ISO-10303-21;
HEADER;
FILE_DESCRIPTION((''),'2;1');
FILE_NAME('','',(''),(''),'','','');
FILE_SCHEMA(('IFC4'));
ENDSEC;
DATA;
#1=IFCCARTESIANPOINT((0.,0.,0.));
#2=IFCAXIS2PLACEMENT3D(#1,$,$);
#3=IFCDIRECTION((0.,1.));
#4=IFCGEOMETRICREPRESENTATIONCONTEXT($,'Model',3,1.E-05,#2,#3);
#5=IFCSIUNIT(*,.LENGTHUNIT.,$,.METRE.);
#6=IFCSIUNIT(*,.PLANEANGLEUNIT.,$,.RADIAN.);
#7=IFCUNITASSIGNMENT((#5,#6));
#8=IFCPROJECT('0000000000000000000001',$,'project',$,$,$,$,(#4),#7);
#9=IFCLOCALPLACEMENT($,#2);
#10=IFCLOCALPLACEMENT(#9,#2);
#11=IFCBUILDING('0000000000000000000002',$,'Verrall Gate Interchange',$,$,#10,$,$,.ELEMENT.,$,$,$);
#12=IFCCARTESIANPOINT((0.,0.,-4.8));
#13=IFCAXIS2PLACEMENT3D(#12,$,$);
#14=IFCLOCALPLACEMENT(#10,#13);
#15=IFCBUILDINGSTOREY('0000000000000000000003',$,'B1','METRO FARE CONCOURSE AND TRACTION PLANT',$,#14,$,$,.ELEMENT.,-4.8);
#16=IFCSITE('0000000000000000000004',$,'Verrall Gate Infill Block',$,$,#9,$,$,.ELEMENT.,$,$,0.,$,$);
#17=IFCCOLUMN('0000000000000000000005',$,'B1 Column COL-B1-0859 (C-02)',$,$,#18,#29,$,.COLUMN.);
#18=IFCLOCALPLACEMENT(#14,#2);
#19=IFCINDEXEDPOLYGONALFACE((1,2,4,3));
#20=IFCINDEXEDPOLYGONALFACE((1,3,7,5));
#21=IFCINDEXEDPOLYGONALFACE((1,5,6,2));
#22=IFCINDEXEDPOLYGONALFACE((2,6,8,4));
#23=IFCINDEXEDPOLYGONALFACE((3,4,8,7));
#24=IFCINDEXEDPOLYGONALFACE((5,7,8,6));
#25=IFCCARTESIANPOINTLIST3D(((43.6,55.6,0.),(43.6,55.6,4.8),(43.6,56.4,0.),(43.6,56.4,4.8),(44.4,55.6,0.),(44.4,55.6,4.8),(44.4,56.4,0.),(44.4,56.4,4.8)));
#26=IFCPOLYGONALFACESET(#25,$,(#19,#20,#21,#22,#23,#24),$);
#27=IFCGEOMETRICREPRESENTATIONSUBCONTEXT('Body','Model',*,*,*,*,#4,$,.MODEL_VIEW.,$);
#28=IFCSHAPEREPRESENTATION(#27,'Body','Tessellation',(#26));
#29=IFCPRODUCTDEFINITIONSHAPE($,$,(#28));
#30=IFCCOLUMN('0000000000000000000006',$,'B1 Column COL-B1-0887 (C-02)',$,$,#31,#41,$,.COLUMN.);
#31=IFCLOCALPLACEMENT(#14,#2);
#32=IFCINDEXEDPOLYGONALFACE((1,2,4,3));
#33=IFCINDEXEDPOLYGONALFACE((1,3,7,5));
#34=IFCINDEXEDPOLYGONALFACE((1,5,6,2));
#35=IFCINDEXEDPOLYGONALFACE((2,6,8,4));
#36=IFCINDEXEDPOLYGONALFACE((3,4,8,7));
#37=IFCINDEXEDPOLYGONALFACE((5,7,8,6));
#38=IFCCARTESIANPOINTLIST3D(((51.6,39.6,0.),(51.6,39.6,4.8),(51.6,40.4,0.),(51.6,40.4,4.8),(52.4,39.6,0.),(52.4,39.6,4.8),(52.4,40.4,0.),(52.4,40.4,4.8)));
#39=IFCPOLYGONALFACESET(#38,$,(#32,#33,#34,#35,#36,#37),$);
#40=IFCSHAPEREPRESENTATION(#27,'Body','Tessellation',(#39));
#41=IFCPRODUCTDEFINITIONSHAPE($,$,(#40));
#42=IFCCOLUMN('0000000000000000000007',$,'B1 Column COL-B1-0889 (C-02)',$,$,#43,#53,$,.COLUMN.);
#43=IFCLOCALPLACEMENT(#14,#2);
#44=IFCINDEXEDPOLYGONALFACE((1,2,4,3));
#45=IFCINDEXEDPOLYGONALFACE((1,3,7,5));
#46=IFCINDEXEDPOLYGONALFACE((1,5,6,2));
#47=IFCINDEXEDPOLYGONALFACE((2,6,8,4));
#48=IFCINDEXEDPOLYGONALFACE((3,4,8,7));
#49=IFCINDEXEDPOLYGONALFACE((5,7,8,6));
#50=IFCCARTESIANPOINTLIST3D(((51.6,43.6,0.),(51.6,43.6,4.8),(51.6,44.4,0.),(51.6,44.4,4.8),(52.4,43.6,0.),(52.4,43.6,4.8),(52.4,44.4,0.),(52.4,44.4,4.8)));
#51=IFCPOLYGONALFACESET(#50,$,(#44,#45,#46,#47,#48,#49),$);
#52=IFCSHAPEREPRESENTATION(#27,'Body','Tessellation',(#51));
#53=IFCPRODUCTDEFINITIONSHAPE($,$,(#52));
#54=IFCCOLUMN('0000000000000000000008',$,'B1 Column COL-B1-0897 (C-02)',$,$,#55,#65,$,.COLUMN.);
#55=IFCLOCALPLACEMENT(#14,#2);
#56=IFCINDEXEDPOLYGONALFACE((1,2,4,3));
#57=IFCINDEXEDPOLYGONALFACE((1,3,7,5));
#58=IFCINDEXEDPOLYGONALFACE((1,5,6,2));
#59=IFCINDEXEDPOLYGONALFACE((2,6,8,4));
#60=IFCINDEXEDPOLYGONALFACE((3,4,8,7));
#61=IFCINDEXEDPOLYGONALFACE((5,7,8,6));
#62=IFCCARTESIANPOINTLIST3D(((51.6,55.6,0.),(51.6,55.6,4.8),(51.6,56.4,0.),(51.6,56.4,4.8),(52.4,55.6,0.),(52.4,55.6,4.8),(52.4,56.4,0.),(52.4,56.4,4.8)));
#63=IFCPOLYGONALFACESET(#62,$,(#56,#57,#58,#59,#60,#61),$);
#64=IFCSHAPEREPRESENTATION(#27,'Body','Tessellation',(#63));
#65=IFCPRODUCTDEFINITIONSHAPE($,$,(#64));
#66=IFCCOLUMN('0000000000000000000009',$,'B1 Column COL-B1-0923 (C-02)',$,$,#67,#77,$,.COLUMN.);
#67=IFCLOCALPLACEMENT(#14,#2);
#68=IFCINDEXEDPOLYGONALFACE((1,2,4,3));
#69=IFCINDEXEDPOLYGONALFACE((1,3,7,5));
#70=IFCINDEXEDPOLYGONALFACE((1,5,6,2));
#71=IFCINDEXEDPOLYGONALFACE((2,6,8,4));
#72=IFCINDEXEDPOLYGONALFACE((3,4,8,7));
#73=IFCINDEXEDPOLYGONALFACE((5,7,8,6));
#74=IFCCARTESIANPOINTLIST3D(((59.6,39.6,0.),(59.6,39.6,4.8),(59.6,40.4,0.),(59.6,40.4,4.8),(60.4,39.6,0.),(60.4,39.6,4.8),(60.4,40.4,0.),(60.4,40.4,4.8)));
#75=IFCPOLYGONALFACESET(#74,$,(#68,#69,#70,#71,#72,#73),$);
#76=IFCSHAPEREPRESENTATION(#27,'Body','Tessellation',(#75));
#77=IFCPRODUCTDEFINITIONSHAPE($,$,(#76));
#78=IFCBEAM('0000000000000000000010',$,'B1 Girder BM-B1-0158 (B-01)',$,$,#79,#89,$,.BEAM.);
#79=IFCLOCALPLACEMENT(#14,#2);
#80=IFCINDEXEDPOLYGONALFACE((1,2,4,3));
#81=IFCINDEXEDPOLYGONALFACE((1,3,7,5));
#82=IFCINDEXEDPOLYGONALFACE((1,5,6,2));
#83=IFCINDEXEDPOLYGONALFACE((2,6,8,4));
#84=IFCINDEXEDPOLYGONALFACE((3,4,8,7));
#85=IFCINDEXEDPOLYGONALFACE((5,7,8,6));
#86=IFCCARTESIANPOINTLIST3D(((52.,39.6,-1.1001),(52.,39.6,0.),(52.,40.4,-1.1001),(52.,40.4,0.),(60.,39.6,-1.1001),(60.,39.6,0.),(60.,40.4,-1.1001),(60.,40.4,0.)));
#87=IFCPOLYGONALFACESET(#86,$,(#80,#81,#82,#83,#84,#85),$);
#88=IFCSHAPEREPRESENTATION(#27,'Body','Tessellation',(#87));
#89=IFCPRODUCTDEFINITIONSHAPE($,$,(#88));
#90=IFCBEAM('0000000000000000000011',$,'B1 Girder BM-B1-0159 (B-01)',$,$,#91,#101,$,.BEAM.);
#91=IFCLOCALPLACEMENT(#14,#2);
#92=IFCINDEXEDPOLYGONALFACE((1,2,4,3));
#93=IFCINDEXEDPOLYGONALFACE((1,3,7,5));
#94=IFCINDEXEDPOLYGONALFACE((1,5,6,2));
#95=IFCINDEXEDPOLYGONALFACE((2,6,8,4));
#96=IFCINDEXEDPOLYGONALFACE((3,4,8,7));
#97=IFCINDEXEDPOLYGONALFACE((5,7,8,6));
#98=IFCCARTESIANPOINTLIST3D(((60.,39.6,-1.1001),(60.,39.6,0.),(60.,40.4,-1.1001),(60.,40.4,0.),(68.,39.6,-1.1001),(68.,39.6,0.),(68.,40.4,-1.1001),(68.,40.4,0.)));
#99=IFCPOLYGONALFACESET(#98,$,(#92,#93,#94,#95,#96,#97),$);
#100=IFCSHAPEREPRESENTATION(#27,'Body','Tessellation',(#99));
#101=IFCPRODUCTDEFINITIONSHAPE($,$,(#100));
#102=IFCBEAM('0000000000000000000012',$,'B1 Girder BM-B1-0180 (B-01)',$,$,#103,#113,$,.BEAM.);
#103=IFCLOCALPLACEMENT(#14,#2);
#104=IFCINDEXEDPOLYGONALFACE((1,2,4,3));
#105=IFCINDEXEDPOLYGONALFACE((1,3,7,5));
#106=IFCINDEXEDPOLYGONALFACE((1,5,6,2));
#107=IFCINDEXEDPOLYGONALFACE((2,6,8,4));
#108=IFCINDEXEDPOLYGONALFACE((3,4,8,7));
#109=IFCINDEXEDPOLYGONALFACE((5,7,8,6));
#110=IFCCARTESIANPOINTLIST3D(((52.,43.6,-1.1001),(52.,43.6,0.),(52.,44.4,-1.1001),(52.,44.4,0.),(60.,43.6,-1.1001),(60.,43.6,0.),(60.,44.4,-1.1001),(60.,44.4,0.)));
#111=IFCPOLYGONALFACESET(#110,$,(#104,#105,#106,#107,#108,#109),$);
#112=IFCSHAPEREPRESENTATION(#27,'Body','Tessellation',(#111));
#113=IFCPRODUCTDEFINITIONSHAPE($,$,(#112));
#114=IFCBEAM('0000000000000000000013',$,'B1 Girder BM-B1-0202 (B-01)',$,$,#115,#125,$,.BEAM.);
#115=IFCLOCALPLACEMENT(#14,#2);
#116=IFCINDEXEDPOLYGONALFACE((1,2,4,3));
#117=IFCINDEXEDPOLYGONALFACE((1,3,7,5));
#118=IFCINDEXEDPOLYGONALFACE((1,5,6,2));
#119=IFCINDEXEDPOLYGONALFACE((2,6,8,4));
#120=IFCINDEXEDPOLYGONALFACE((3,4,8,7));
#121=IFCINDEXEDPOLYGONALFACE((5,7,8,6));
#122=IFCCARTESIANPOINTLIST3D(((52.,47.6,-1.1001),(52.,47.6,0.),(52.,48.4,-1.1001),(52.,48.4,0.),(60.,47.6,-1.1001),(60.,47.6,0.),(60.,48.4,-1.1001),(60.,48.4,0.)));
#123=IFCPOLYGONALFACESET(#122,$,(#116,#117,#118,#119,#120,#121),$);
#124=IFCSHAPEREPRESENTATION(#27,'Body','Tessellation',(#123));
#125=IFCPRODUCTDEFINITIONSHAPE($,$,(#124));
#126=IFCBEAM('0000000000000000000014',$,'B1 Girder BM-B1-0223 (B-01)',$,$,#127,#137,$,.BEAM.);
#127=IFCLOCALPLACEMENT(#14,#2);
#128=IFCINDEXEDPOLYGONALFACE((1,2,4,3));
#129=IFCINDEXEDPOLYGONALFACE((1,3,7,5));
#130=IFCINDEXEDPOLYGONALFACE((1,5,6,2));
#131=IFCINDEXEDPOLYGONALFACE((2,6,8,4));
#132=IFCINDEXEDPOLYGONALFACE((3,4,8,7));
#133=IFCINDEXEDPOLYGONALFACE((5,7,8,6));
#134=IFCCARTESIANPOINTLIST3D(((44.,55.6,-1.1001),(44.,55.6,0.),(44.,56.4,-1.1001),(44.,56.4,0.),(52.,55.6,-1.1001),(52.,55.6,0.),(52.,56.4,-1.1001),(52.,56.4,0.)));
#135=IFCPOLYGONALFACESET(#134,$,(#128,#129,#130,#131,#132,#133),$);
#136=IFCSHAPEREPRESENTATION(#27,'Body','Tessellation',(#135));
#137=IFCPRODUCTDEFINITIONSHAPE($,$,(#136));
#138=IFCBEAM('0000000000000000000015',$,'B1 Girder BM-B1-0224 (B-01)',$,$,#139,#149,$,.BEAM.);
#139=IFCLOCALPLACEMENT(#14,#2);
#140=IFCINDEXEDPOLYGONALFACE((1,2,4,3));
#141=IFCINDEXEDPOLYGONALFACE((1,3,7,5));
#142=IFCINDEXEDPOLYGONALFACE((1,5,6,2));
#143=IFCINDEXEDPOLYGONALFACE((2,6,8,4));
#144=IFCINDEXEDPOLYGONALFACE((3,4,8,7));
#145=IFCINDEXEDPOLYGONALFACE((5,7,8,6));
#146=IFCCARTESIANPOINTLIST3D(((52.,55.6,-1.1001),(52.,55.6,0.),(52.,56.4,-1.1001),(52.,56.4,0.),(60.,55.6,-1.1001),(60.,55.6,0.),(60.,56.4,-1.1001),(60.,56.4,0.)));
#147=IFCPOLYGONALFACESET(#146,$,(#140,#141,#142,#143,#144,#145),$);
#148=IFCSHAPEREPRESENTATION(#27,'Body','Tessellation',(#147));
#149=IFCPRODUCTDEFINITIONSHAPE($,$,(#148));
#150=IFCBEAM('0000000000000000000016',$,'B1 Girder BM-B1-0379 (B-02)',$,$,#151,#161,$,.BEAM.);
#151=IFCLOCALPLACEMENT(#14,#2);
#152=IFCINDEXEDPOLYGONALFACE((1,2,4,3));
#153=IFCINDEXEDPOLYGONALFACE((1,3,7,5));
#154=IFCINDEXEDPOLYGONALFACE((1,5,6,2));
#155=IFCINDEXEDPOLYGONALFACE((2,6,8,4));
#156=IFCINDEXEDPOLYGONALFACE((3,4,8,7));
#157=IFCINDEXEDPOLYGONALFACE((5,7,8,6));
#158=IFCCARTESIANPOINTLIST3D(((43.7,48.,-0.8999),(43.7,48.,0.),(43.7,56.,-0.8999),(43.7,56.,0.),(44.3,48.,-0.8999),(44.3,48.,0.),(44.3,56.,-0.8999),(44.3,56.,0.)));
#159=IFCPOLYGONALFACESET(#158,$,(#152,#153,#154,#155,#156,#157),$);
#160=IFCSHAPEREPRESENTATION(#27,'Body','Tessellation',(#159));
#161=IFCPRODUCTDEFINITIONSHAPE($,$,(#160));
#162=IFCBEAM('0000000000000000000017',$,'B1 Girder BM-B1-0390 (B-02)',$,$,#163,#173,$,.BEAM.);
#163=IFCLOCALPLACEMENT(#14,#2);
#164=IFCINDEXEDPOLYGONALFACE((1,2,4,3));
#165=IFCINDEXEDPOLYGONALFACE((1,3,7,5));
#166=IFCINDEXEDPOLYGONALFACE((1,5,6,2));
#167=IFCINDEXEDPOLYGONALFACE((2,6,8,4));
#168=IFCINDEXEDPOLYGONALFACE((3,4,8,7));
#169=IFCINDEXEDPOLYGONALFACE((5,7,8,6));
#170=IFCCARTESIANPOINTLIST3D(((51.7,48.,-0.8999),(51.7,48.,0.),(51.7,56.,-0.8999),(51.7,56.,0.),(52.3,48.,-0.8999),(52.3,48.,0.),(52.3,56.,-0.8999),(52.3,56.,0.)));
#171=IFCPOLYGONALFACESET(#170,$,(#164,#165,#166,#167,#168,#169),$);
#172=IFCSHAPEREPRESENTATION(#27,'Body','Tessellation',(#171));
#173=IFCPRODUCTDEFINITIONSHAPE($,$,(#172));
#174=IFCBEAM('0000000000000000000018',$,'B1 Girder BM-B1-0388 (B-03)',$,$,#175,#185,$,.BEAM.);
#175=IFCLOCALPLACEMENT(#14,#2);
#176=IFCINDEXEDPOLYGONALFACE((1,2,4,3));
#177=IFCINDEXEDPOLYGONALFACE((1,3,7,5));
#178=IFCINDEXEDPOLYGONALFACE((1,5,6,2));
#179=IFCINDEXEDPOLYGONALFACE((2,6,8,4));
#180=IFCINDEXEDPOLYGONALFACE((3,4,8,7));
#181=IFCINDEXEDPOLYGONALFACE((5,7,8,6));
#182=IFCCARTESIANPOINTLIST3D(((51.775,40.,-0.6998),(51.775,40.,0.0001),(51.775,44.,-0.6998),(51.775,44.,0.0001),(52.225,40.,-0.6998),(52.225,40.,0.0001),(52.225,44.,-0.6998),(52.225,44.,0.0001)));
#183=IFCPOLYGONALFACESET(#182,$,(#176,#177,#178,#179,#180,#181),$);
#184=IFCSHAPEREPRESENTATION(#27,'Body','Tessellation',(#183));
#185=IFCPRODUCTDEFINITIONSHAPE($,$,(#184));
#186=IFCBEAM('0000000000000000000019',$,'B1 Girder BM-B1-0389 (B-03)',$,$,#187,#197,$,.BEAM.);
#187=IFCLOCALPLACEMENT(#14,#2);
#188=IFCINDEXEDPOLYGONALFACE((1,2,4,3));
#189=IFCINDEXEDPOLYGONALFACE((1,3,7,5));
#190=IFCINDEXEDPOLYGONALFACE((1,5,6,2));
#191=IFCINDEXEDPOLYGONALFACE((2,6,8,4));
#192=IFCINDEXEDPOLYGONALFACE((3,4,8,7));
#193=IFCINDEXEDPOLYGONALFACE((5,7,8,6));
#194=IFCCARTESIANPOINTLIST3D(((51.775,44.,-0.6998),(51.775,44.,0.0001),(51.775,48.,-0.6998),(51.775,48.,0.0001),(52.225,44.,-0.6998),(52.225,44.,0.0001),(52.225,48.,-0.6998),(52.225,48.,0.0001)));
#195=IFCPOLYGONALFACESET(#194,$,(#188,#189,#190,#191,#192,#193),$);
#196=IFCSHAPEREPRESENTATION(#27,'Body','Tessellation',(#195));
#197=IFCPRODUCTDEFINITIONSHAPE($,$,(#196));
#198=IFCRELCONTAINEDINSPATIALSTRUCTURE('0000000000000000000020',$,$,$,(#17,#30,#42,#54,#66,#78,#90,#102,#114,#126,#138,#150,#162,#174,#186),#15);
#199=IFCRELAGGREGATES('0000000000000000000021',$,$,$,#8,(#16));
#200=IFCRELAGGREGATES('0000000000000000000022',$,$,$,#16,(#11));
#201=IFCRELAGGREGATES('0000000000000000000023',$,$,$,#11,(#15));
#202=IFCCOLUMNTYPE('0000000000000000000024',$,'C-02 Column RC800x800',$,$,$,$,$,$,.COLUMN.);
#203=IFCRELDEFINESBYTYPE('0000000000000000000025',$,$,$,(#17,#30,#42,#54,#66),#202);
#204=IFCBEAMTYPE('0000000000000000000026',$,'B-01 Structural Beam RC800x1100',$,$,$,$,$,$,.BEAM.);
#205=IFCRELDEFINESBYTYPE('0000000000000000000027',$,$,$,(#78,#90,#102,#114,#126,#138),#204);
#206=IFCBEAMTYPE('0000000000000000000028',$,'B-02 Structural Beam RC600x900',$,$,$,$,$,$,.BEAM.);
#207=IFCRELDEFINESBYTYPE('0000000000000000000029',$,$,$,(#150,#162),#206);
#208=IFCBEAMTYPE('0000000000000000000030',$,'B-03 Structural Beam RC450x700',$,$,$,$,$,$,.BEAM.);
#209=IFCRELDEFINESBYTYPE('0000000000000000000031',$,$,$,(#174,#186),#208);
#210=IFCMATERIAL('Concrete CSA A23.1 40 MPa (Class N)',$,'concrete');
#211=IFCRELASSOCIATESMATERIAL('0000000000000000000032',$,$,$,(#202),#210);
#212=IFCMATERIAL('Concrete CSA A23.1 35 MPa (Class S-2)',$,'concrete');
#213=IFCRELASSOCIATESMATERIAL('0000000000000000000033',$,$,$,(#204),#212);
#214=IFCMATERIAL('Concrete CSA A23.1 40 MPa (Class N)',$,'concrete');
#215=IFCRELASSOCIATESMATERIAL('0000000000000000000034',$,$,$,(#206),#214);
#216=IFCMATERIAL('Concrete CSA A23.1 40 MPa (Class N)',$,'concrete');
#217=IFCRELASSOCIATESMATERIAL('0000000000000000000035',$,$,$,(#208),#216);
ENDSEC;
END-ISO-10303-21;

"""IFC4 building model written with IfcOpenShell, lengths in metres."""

from ifc_helpers import new_model, si_unit, direction, frame, origin, origin_2d, place, context, subcontext, project, spatial, rectangle, extrude, material, material_profile, profile_set, type_object, element, save


model = new_model("IFC4")

# Units and contexts
model_context = context("Model", 3, precision=1e-05, world=origin(), true_north=direction((0.0, 1.0)))
body_context = subcontext(model_context, "Body", "Model", "MODEL_VIEW")
ifc_project = project(units=[si_unit("LENGTHUNIT", "METRE"), si_unit("PLANEANGLEUNIT", "RADIAN")], contexts=[model_context])

# Site, building, storey
site_placement = place(None, origin())
site = spatial("IfcSite", under=ifc_project, at=site_placement, Name="Verrall Gate Infill Block", CompositionType="ELEMENT", RefElevation=0.0)
building_placement = place(site_placement, origin())
building = spatial("IfcBuilding", under=site, at=building_placement, Name="Verrall Gate Interchange", CompositionType="ELEMENT")
storey_placement = place(building_placement, frame((0.0, 0.0, -4.8)))
storey = spatial("IfcBuildingStorey", under=building, at=storey_placement, Name="B1", Description="METRO FARE CONCOURSE AND TRACTION PLANT", CompositionType="ELEMENT", Elevation=-4.8)

# Columns
ifc_material_1 = material(Name="Concrete CSA A23.1 40 MPa (Class N)", Category="concrete")
ifc_material_profile_1 = material_profile(ifc_material_1, rectangle(XDim=0.8, YDim=0.8, at=origin_2d()), Name="RC800x800")
ifc_profile_set_1 = profile_set([ifc_material_profile_1], Name="Concrete CSA A23.1 40 MPa (Class N)")
column_type_1 = type_object("IfcColumnType", Name="C-02 Column RC800x800", PredefinedType="COLUMN", material=ifc_profile_set_1)
for number, where, z_axis, x_axis, name in (
    (1, (44.0, 56.0, 0.0), (0.0, 0.0, 1.0), (1.0, 0.0, 0.0), "B1 Column COL-B1-0859 (C-02)"),
    (2, (52.0, 40.0, 0.0), (0.0, 0.0, 1.0), (1.0, 0.0, 0.0), "B1 Column COL-B1-0887 (C-02)"),
    (3, (52.0, 44.0, 0.0), (0.0, 0.0, 1.0), (1.0, 0.0, 0.0), "B1 Column COL-B1-0889 (C-02)"),
    (4, (52.0, 56.0, 0.0), (0.0, 0.0, 1.0), (1.0, 0.0, 0.0), "B1 Column COL-B1-0897 (C-02)"),
    (5, (60.0, 40.0, 0.0), (0.0, 0.0, 1.0), (1.0, 0.0, 0.0), "B1 Column COL-B1-0923 (C-02)"),
):
    element("IfcColumn", number, at=place(storey_placement, frame(where, z_axis=z_axis, x_axis=x_axis)), inside=storey, type_object=column_type_1, Name=name, PredefinedType="COLUMN", context=body_context, shape_type="SweptSolid", body=[
        extrude(rectangle(XDim=0.8, YDim=0.8, at=origin_2d()), origin(), (0.0, 0.0, 1.0), 4.8),
    ])

# Beams
ifc_material_2 = material(Name="Concrete CSA A23.1 35 MPa (Class S-2)", Category="concrete")
ifc_material_profile_2 = material_profile(ifc_material_2, rectangle(XDim=0.8, YDim=1.1001, at=origin_2d()), Name="RC800x1100")
ifc_profile_set_2 = profile_set([ifc_material_profile_2], Name="Concrete CSA A23.1 35 MPa (Class S-2)")
beam_type_1 = type_object("IfcBeamType", Name="B-01 Structural Beam RC800x1100", PredefinedType="BEAM", material=ifc_profile_set_2)
for number, where, z_axis, x_axis, name in (
    (6, (52.0, 40.0, -0.55), (1.0, 0.0, 0.0), (0.0, 1.0, 0.0), "B1 Girder BM-B1-0158 (B-01)"),
    (7, (60.0, 40.0, -0.55), (1.0, 0.0, 0.0), (0.0, 1.0, 0.0), "B1 Girder BM-B1-0159 (B-01)"),
    (8, (52.0, 44.0, -0.55), (1.0, 0.0, 0.0), (0.0, 1.0, 0.0), "B1 Girder BM-B1-0180 (B-01)"),
    (9, (52.0, 48.0, -0.55), (1.0, 0.0, 0.0), (0.0, 1.0, 0.0), "B1 Girder BM-B1-0202 (B-01)"),
    (10, (44.0, 56.0, -0.55), (1.0, 0.0, 0.0), (0.0, 1.0, 0.0), "B1 Girder BM-B1-0223 (B-01)"),
    (11, (52.0, 56.0, -0.55), (1.0, 0.0, 0.0), (0.0, 1.0, 0.0), "B1 Girder BM-B1-0224 (B-01)"),
):
    element("IfcBeam", number, at=place(storey_placement, frame(where, z_axis=z_axis, x_axis=x_axis)), inside=storey, type_object=beam_type_1, Name=name, PredefinedType="BEAM", context=body_context, shape_type="SweptSolid", body=[
        extrude(rectangle(XDim=0.8, YDim=1.1001, at=origin_2d()), origin(), (0.0, 0.0, 1.0), 8.0),
    ])
ifc_material_3 = material(Name="Concrete CSA A23.1 40 MPa (Class N)", Category="concrete")
ifc_material_profile_3 = material_profile(ifc_material_3, rectangle(XDim=0.6001, YDim=0.8999, at=origin_2d()), Name="RC600x900")
ifc_profile_set_3 = profile_set([ifc_material_profile_3], Name="Concrete CSA A23.1 40 MPa (Class N)")
beam_type_2 = type_object("IfcBeamType", Name="B-02 Structural Beam RC600x900", PredefinedType="BEAM", material=ifc_profile_set_3)
for number, where, z_axis, x_axis, name in (
    (12, (44.0, 48.0, -0.45), (0.0, 1.0, 0.0), (-1.0, 0.0, 0.0), "B1 Girder BM-B1-0379 (B-02)"),
    (13, (52.0, 48.0, -0.45), (0.0, 1.0, 0.0), (-1.0, 0.0, 0.0), "B1 Girder BM-B1-0390 (B-02)"),
):
    element("IfcBeam", number, at=place(storey_placement, frame(where, z_axis=z_axis, x_axis=x_axis)), inside=storey, type_object=beam_type_2, Name=name, PredefinedType="BEAM", context=body_context, shape_type="SweptSolid", body=[
        extrude(rectangle(XDim=0.6001, YDim=0.8999, at=origin_2d()), origin(), (0.0, 0.0, 1.0), 8.0),
    ])
ifc_material_4 = material(Name="Concrete CSA A23.1 40 MPa (Class N)", Category="concrete")
ifc_material_profile_4 = material_profile(ifc_material_4, rectangle(XDim=0.45, YDim=0.7, at=origin_2d()), Name="RC450x700")
ifc_profile_set_4 = profile_set([ifc_material_profile_4], Name="Concrete CSA A23.1 40 MPa (Class N)")
beam_type_3 = type_object("IfcBeamType", Name="B-03 Structural Beam RC450x700", PredefinedType="BEAM", material=ifc_profile_set_4)
for number, where, z_axis, x_axis, name in (
    (14, (52.0, 40.0, -0.3499), (0.0, 1.0, 0.0), (-1.0, 0.0, 0.0), "B1 Girder BM-B1-0388 (B-03)"),
    (15, (52.0, 44.0, -0.3499), (0.0, 1.0, 0.0), (-1.0, 0.0, 0.0), "B1 Girder BM-B1-0389 (B-03)"),
):
    element("IfcBeam", number, at=place(storey_placement, frame(where, z_axis=z_axis, x_axis=x_axis)), inside=storey, type_object=beam_type_3, Name=name, PredefinedType="BEAM", context=body_context, shape_type="SweptSolid", body=[
        extrude(rectangle(XDim=0.45, YDim=0.7, at=origin_2d()), origin(), (0.0, 0.0, 1.0), 4.0),
    ])

save(model, "model.ifc")
